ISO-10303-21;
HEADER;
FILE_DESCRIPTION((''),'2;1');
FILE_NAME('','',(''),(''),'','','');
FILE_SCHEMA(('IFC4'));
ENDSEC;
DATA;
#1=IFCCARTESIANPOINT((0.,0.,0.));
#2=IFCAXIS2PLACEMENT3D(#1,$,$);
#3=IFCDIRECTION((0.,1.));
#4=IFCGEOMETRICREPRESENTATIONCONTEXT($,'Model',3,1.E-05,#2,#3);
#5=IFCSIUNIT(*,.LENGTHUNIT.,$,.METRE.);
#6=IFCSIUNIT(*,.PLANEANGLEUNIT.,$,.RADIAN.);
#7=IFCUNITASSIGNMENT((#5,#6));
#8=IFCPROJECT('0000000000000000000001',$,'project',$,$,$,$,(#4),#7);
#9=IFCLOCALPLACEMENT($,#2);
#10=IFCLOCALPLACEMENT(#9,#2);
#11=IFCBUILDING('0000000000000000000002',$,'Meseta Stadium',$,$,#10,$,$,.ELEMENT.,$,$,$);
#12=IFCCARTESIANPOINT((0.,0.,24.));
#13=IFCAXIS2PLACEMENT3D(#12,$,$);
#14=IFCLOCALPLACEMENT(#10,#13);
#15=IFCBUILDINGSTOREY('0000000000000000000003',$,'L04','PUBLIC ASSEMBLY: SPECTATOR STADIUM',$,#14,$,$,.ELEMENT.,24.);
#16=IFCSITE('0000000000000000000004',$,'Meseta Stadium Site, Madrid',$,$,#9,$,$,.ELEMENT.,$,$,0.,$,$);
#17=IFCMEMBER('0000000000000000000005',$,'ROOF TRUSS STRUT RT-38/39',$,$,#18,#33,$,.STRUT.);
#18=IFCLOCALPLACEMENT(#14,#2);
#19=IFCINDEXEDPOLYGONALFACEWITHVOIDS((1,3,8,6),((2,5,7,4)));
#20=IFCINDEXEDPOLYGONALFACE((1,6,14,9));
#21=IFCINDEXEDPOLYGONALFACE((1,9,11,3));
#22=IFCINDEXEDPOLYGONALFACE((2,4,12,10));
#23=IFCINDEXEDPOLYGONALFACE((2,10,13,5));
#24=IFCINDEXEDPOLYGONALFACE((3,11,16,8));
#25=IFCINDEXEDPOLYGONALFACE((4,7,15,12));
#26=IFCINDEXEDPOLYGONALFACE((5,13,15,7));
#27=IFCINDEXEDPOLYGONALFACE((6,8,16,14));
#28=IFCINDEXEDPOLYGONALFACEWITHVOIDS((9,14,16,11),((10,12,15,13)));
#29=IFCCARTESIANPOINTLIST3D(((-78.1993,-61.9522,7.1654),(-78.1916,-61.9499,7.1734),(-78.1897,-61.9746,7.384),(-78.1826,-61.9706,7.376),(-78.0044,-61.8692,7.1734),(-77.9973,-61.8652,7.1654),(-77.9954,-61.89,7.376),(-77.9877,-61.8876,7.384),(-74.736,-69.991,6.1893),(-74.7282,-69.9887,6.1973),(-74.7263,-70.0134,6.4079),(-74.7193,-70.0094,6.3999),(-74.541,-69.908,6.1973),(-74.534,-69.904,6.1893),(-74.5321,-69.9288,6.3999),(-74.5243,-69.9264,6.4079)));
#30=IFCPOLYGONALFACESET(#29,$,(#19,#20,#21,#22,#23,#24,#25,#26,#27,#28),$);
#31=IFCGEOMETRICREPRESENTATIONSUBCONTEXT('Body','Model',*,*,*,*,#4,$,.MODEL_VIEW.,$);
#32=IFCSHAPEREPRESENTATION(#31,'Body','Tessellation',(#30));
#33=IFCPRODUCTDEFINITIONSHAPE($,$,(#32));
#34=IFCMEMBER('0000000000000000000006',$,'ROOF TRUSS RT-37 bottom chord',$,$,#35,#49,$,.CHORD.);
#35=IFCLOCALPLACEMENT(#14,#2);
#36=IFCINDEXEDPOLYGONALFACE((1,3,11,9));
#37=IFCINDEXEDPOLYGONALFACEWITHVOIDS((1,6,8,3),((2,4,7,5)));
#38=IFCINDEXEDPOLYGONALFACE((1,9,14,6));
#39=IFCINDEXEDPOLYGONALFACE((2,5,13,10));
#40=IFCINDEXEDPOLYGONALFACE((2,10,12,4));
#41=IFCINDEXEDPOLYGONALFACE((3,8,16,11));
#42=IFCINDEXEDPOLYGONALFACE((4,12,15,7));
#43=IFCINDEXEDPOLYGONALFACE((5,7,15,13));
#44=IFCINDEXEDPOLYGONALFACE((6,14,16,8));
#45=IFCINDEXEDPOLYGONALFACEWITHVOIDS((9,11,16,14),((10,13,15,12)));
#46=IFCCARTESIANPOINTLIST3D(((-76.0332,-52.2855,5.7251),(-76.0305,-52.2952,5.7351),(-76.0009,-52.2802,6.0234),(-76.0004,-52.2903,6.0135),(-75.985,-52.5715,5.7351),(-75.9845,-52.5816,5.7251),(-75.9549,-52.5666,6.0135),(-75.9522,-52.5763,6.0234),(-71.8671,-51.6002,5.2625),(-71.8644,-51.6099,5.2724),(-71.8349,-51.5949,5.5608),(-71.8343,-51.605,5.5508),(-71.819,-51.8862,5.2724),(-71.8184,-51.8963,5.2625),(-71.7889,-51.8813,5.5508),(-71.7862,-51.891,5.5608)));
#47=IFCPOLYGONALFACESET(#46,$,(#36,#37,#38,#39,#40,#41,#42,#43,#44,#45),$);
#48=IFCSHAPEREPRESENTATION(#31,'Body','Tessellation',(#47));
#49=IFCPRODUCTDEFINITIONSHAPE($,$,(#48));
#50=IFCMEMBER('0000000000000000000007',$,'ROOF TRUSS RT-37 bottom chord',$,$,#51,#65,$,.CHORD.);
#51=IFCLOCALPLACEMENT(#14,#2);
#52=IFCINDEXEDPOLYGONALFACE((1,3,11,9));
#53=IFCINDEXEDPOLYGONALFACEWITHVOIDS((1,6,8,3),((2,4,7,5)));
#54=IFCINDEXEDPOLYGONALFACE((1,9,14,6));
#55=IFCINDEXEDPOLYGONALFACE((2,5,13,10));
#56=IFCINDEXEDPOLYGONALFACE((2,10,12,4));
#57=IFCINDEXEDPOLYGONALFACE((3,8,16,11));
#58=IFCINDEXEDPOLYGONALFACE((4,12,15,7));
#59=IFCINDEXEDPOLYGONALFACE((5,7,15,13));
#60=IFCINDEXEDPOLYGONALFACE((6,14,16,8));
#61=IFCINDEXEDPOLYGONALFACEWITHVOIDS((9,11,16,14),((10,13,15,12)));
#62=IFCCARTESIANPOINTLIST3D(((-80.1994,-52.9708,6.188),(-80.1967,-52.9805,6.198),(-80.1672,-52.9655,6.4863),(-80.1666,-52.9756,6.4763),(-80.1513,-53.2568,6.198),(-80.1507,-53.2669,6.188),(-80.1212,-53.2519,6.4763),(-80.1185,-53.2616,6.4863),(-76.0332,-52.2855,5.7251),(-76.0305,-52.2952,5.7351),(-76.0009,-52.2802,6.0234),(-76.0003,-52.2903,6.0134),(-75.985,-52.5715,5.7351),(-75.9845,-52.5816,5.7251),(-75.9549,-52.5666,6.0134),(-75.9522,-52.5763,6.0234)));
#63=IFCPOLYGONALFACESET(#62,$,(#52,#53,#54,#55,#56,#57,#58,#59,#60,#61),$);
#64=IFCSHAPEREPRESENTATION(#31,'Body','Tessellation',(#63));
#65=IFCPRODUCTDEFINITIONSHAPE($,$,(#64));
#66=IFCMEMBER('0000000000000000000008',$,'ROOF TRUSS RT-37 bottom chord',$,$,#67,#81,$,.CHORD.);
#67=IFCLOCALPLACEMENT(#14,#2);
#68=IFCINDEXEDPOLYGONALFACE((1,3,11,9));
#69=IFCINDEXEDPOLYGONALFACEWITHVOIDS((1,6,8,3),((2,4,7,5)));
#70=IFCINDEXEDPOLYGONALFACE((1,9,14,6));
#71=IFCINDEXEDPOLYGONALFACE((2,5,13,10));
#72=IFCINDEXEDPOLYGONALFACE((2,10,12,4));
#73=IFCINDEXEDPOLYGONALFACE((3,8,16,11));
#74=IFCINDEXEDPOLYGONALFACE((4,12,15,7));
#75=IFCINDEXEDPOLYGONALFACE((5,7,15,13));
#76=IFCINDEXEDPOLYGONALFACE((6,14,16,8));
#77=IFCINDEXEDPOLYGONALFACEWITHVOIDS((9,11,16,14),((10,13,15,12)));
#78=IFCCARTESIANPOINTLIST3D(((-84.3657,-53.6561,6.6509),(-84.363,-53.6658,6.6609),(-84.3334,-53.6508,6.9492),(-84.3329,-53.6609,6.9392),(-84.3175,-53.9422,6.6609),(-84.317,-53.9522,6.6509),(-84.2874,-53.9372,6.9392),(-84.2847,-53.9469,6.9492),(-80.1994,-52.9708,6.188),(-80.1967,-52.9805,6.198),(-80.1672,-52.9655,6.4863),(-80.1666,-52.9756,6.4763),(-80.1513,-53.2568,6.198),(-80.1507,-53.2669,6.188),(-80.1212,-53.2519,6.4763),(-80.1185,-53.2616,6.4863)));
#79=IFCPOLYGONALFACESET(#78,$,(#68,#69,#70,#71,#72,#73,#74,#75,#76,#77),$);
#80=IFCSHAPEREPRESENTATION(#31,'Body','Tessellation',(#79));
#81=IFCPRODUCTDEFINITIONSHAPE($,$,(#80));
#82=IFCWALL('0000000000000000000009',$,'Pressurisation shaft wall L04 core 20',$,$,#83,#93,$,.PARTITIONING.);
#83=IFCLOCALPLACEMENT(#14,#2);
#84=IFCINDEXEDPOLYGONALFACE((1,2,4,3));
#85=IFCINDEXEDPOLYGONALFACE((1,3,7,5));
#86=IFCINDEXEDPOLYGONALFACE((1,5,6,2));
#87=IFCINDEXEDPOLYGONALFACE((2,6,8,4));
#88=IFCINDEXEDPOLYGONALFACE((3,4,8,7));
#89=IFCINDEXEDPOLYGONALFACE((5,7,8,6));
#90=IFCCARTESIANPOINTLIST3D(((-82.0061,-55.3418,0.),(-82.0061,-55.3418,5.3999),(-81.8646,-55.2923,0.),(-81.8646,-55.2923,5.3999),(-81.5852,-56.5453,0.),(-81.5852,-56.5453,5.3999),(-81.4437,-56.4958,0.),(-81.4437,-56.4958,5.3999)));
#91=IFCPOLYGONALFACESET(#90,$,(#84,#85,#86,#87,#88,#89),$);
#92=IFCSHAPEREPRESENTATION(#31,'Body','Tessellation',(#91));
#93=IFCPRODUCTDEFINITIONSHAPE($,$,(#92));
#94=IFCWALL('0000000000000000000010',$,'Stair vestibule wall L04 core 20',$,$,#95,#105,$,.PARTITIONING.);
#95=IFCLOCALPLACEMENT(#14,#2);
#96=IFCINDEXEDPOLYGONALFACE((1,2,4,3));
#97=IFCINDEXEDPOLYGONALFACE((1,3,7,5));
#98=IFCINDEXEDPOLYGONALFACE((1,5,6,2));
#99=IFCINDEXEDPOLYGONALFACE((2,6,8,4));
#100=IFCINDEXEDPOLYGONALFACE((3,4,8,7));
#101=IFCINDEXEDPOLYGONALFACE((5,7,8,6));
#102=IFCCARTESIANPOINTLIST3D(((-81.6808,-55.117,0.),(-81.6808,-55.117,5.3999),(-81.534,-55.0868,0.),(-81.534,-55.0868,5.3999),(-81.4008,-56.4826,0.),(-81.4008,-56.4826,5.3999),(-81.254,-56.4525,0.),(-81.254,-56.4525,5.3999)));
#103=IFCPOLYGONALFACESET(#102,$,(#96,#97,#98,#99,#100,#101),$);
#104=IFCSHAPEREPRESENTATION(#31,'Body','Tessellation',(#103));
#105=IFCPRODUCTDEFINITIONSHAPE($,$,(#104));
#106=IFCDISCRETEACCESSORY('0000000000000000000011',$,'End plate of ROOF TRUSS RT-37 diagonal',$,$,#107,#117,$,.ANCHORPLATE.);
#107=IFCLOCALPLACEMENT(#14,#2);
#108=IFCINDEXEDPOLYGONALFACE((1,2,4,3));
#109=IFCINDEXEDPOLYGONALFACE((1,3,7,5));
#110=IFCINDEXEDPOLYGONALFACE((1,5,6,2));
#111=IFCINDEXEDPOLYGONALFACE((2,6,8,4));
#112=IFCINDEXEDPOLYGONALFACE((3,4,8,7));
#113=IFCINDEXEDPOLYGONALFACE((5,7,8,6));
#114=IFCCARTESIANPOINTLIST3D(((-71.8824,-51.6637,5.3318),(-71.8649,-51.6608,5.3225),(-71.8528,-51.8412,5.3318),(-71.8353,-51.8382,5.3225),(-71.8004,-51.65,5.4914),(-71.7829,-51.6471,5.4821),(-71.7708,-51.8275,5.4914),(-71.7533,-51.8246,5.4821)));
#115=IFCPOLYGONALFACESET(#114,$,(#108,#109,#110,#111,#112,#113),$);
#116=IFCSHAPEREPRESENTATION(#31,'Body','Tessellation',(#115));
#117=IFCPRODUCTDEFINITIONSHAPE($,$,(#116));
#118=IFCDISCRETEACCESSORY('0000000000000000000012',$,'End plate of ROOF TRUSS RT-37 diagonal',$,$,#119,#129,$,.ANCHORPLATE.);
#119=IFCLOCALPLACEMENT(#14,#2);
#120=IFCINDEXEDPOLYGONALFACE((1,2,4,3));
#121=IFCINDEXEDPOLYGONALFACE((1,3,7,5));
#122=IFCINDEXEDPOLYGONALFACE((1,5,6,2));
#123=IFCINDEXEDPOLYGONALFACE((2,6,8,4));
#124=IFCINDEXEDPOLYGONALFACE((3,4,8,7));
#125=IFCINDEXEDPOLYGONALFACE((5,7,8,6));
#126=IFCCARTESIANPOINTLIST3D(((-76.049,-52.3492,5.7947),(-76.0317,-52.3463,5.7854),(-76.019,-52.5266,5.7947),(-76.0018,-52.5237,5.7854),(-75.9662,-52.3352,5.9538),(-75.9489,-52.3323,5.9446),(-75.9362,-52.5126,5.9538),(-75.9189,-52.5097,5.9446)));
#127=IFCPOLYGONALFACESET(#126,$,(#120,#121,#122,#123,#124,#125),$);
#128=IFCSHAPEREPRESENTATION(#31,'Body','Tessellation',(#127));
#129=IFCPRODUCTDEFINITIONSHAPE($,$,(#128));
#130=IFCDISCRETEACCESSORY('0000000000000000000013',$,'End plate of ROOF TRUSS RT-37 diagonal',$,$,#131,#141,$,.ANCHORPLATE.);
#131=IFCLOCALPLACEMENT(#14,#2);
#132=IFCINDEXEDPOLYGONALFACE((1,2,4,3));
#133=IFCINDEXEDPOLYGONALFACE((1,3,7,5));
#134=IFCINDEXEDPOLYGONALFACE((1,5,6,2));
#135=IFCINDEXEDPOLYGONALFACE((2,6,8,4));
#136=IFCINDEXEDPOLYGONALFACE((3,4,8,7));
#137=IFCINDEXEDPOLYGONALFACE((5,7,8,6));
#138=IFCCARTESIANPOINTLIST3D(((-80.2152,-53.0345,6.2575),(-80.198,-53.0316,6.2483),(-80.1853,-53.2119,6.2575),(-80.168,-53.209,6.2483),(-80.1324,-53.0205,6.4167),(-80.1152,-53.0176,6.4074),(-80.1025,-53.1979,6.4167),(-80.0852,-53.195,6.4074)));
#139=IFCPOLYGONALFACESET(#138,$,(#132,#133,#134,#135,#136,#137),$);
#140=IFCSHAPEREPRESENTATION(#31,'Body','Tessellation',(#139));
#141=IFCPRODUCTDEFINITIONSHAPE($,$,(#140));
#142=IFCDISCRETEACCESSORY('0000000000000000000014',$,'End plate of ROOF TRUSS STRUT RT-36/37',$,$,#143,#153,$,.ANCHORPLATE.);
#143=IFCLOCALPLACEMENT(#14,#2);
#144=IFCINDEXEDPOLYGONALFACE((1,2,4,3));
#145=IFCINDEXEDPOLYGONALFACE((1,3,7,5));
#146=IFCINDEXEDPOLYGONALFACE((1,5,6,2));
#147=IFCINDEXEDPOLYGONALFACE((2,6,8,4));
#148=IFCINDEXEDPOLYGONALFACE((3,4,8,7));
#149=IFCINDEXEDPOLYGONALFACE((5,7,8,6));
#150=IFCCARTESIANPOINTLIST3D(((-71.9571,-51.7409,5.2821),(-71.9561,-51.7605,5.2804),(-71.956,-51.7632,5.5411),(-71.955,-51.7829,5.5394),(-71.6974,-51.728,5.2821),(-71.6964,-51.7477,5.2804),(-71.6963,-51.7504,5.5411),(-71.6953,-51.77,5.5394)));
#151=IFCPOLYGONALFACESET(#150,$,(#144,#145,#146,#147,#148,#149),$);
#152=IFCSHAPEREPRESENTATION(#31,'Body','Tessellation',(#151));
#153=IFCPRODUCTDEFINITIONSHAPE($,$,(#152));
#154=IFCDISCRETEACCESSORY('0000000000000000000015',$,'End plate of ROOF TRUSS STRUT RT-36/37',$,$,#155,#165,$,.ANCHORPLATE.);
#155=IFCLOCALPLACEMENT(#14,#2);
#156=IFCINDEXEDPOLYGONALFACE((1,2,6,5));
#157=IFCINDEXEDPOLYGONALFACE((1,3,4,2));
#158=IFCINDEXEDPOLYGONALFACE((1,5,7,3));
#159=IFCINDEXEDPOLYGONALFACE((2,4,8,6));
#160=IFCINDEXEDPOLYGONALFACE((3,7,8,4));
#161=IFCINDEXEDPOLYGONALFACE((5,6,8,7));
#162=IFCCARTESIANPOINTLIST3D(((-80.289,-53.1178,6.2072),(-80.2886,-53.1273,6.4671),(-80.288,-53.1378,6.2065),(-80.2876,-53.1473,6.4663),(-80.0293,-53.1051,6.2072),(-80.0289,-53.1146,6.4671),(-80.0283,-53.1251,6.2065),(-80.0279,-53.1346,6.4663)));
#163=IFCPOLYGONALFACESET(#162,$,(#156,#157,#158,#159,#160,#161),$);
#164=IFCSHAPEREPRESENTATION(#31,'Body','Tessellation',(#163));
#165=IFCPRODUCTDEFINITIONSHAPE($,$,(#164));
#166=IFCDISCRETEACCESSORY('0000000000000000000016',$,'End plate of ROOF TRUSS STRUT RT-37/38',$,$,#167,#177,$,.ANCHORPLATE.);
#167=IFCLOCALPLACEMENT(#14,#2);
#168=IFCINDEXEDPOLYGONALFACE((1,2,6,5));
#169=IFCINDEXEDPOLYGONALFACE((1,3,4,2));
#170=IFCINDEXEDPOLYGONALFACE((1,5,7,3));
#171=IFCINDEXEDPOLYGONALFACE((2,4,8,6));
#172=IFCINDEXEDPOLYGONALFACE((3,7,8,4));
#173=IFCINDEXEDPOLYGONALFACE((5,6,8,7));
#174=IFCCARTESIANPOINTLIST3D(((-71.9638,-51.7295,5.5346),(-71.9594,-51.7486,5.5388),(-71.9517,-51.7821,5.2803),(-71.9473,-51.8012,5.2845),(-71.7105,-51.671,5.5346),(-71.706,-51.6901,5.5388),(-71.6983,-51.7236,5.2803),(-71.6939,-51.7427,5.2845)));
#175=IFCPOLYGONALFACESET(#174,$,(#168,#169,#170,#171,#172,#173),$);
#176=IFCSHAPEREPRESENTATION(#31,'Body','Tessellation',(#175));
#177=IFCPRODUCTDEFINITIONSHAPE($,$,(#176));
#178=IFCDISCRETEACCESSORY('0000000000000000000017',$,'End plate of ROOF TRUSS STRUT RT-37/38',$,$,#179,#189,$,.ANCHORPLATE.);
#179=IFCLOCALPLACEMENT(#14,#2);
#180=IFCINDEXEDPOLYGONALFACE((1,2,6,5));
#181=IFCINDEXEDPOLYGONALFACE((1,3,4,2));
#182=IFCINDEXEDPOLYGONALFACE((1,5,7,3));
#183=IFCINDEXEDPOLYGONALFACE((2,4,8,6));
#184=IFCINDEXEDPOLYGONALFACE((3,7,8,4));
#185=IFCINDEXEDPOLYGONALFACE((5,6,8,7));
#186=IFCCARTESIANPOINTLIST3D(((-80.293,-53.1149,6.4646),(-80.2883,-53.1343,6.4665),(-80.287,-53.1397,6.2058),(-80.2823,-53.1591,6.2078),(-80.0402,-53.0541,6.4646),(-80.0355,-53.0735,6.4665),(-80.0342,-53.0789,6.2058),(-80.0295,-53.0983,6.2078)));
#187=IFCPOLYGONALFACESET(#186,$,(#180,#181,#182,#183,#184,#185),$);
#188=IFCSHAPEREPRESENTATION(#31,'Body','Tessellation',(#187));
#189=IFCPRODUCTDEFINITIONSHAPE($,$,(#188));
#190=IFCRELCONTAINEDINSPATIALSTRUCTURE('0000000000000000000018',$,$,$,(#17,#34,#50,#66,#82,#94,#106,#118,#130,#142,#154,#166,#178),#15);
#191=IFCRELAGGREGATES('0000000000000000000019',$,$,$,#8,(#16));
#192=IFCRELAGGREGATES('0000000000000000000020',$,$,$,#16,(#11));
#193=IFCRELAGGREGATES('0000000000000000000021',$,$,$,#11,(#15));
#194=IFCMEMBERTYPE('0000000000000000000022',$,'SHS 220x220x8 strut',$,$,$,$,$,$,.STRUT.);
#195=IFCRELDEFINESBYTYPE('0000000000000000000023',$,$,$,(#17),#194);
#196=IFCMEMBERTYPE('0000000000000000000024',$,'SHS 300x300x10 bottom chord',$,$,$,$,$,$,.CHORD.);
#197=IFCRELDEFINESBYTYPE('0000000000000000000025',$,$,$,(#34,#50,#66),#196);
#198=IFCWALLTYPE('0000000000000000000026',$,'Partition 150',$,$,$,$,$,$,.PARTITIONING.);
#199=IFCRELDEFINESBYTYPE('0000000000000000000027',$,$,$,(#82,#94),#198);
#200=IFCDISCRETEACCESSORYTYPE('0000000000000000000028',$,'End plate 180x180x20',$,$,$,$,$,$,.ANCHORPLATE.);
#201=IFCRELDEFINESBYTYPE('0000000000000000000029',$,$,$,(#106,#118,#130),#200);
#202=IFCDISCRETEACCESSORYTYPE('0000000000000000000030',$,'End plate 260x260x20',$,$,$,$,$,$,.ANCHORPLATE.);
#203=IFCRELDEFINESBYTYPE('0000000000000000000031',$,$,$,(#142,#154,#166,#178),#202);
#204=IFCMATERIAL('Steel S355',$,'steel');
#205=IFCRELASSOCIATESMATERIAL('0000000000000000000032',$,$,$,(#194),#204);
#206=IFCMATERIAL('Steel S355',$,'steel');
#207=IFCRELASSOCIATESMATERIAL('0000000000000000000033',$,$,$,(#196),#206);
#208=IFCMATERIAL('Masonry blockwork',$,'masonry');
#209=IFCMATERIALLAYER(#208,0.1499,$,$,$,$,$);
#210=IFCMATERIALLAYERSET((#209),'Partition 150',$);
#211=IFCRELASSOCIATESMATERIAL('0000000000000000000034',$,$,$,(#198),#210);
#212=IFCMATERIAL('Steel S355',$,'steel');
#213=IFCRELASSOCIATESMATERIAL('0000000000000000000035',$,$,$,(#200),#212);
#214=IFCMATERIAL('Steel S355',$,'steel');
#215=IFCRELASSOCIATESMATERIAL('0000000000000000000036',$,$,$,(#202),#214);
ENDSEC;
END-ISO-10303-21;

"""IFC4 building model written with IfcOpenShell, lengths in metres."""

from ifc_helpers import new_model, si_unit, direction, frame, frame_2d, origin, origin_2d, place, context, subcontext, project, spatial, rectangle, hollow_rectangle, extrude, material, layer, layer_set, material_profile, profile_set, type_object, element, save


model = new_model("IFC4")

# Units and contexts
model_context = context("Model", 3, precision=1e-05, world=origin(), true_north=direction((0.0, 1.0)))
body_context = subcontext(model_context, "Body", "Model", "MODEL_VIEW")
ifc_project = project(units=[si_unit("LENGTHUNIT", "METRE"), si_unit("PLANEANGLEUNIT", "RADIAN")], contexts=[model_context])

# Site, building, storey
site_placement = place(None, origin())
site = spatial("IfcSite", under=ifc_project, at=site_placement, Name="Meseta Stadium Site, Madrid", CompositionType="ELEMENT", RefElevation=0.0)
building_placement = place(site_placement, origin())
building = spatial("IfcBuilding", under=site, at=building_placement, Name="Meseta Stadium", CompositionType="ELEMENT")
storey_placement = place(building_placement, frame((0.0, 0.0, 24.0)))
storey = spatial("IfcBuildingStorey", under=building, at=storey_placement, Name="L04", Description="PUBLIC ASSEMBLY: SPECTATOR STADIUM", CompositionType="ELEMENT", Elevation=24.0)

# Members
ifc_material_1 = material(Name="Steel S355", Category="steel")
ifc_material_profile_1 = material_profile(ifc_material_1, hollow_rectangle(XDim=0.22, YDim=0.22, WallThickness=0.0081, at=origin_2d()), Name="SHS 220x220x8")
ifc_profile_set_1 = profile_set([ifc_material_profile_1], Name="Steel S355")
member_type_1 = type_object("IfcMemberType", Name="SHS 220x220x8 strut", PredefinedType="STRUT", material=ifc_profile_set_1)
member_1_placement = place(storey_placement, frame((-78.0935, -61.9199, 7.2747), z_axis=(0.393235, -0.912734, -0.110824), x_axis=(0.918392, 0.395672, 0.0)))
element("IfcMember", 1, at=member_1_placement, inside=storey, type_object=member_type_1, Name="ROOF TRUSS STRUT RT-38/39", PredefinedType="STRUT", context=body_context, shape_type="SweptSolid", body=[
    extrude(hollow_rectangle(XDim=0.22, YDim=0.22, WallThickness=0.0081, at=origin_2d()), origin(), (0.0, 0.0, 1.0), 8.8074),
])
ifc_material_2 = material(Name="Steel S355", Category="steel")
ifc_material_profile_2 = material_profile(ifc_material_2, hollow_rectangle(XDim=0.3, YDim=0.3, WallThickness=0.01, at=origin_2d()), Name="SHS 300x300x10")
ifc_profile_set_2 = profile_set([ifc_material_profile_2], Name="Steel S355")
member_type_2 = type_object("IfcMemberType", Name="SHS 300x300x10 bottom chord", PredefinedType="CHORD", material=ifc_profile_set_2)
member_2_placement = place(storey_placement, frame((-71.8267, -51.7456, 5.4116), z_axis=(-0.980867, -0.161351, 0.108928), x_axis=(0.162317, -0.986739, 0.0)))
element("IfcMember", 2, at=member_2_placement, inside=storey, type_object=member_type_2, Name="ROOF TRUSS RT-37 bottom chord", PredefinedType="CHORD", context=body_context, shape_type="SweptSolid", body=[
    extrude(hollow_rectangle(XDim=0.3, YDim=0.3, WallThickness=0.01, at=origin_2d()), origin(), (0.0, 0.0, 1.0), 4.2473),
])
for number, where, z_axis, x_axis, name in (
    (3, (-75.9927, -52.4309, 5.8743), (-0.980863, -0.161341, 0.108978), (0.162308, -0.98674, 0.0), "ROOF TRUSS RT-37 bottom chord"),
    (4, (-80.1589, -53.1162, 6.3372), (-0.980863, -0.161341, 0.108978), (0.162308, -0.98674, 0.0), "ROOF TRUSS RT-37 bottom chord"),
):
    element("IfcMember", number, at=place(storey_placement, frame(where, z_axis=z_axis, x_axis=x_axis)), inside=storey, type_object=member_type_2, Name=name, PredefinedType="CHORD", context=body_context, shape_type="SweptSolid", body=[
        extrude(hollow_rectangle(XDim=0.3, YDim=0.3, WallThickness=0.01, at=origin_2d()), origin(), (0.0, 0.0, 1.0), 4.2476),
    ])

# Walls
ifc_material_3 = material(Name="Masonry blockwork", Category="masonry")
ifc_layer = layer(ifc_material_3, 0.1499)
ifc_layer_set = layer_set([ifc_layer], Name="Partition 150")
wall_type = type_object("IfcWallType", Name="Partition 150", PredefinedType="PARTITIONING", material=ifc_layer_set)
wall_1_placement = place(storey_placement, frame((-81.5144, -56.5205, 0.0), z_axis=(0.0, 0.0, 1.0), x_axis=(-0.330154, 0.943927, 0.0)))
element("IfcWall", 5, at=wall_1_placement, inside=storey, type_object=wall_type, Name="Pressurisation shaft wall L04 core 20", PredefinedType="PARTITIONING", context=body_context, shape_type="SweptSolid", body=[
    extrude(rectangle(XDim=1.2749, YDim=0.1499, at=frame_2d((0.6375, 0.0))), origin(), (0.0, 0.0, 1.0), 5.3999),
])
wall_2_placement = place(storey_placement, frame((-81.3274, -56.4675, 0.0), z_axis=(0.0, 0.0, 1.0), x_axis=(-0.200862, 0.979619, 0.0)))
element("IfcWall", 6, at=wall_2_placement, inside=storey, type_object=wall_type, Name="Stair vestibule wall L04 core 20", PredefinedType="PARTITIONING", context=body_context, shape_type="SweptSolid", body=[
    extrude(rectangle(XDim=1.394, YDim=0.1499, at=frame_2d((0.697, 0.0))), origin(), (0.0, 0.0, 1.0), 5.3999),
])

# Discrete accessories
ifc_material_4 = material(Name="Steel S355", Category="steel")
ifc_material_profile_3 = material_profile(ifc_material_4, rectangle(XDim=0.1799, YDim=0.1799, at=origin_2d()), Name="PL 180x180")
ifc_profile_set_3 = profile_set([ifc_material_profile_3], Name="Steel S355")
discrete_accessory_type_1 = type_object("IfcDiscreteAccessoryType", Name="End plate 180x180x20", PredefinedType="ANCHORPLATE", material=ifc_profile_set_3)
discrete_accessory_1_placement = place(storey_placement, frame((-71.8091, -51.7427, 5.4023), z_axis=(-0.874931, -0.145822, 0.461769), x_axis=(0.164399, -0.986394, 0.0)))
element("IfcDiscreteAccessory", 7, at=discrete_accessory_1_placement, inside=storey, type_object=discrete_accessory_type_1, Name="End plate of ROOF TRUSS RT-37 diagonal", PredefinedType="ANCHORPLATE", context=body_context, shape_type="SweptSolid", body=[
    extrude(rectangle(XDim=0.1799, YDim=0.1799, at=origin_2d()), origin(), (0.0, 0.0, 1.0), 0.02),
])
for number, where, z_axis, x_axis, name in (
    (8, (-75.9753, -52.428, 5.865), (-0.872036, -0.147386, 0.466723), (0.166651, -0.986016, 0.0), "End plate of ROOF TRUSS RT-37 diagonal"),
    (9, (-80.1416, -53.1133, 6.3279), (-0.872036, -0.147386, 0.466723), (0.166651, -0.986016, 0.0), "End plate of ROOF TRUSS RT-37 diagonal"),
):
    element("IfcDiscreteAccessory", number, at=place(storey_placement, frame(where, z_axis=z_axis, x_axis=x_axis)), inside=storey, type_object=discrete_accessory_type_1, Name=name, PredefinedType="ANCHORPLATE", context=body_context, shape_type="SweptSolid", body=[
        extrude(rectangle(XDim=0.1799, YDim=0.1799, at=origin_2d()), origin(), (0.0, 0.0, 1.0), 0.0198),
    ])
ifc_material_5 = material(Name="Steel S355", Category="steel")
ifc_material_profile_4 = material_profile(ifc_material_5, rectangle(XDim=0.26, YDim=0.26, at=origin_2d()), Name="PL 260x260")
ifc_profile_set_4 = profile_set([ifc_material_profile_4], Name="Steel S355")
discrete_accessory_type_2 = type_object("IfcDiscreteAccessoryType", Name="End plate 260x260x20", PredefinedType="ANCHORPLATE", material=ifc_profile_set_4)
discrete_accessory_2_placement = place(storey_placement, frame((-71.8267, -51.7456, 5.4116), z_axis=(0.04914, -0.995083, -0.085995), x_axis=(0.998783, 0.049323, 0.0)))
element("IfcDiscreteAccessory", 10, at=discrete_accessory_2_placement, inside=storey, type_object=discrete_accessory_type_2, Name="End plate of ROOF TRUSS STRUT RT-36/37", PredefinedType="ANCHORPLATE", context=body_context, shape_type="SweptSolid", body=[
    extrude(rectangle(XDim=0.26, YDim=0.26, at=origin_2d()), origin(), (0.0, 0.0, 1.0), 0.0198),
])
for number, where, z_axis, x_axis, name in (
    (11, (-80.1589, -53.1162, 6.3372), (0.04869, -0.998146, -0.036518), (0.998812, 0.048723, 0.0), "End plate of ROOF TRUSS STRUT RT-36/37"),
    (12, (-71.8311, -51.7266, 5.4075), (0.219954, -0.953135, 0.207735), (0.974391, 0.22486, 0.0), "End plate of ROOF TRUSS STRUT RT-37/38"),
    (13, (-80.1636, -53.0969, 6.3352), (0.232713, -0.967597, 0.097984), (0.972275, 0.233838, 0.0), "End plate of ROOF TRUSS STRUT RT-37/38"),
):
    element("IfcDiscreteAccessory", number, at=place(storey_placement, frame(where, z_axis=z_axis, x_axis=x_axis)), inside=storey, type_object=discrete_accessory_type_2, Name=name, PredefinedType="ANCHORPLATE", context=body_context, shape_type="SweptSolid", body=[
        extrude(rectangle(XDim=0.26, YDim=0.26, at=origin_2d()), origin(), (0.0, 0.0, 1.0), 0.02),
    ])

save(model, "model.ifc")
